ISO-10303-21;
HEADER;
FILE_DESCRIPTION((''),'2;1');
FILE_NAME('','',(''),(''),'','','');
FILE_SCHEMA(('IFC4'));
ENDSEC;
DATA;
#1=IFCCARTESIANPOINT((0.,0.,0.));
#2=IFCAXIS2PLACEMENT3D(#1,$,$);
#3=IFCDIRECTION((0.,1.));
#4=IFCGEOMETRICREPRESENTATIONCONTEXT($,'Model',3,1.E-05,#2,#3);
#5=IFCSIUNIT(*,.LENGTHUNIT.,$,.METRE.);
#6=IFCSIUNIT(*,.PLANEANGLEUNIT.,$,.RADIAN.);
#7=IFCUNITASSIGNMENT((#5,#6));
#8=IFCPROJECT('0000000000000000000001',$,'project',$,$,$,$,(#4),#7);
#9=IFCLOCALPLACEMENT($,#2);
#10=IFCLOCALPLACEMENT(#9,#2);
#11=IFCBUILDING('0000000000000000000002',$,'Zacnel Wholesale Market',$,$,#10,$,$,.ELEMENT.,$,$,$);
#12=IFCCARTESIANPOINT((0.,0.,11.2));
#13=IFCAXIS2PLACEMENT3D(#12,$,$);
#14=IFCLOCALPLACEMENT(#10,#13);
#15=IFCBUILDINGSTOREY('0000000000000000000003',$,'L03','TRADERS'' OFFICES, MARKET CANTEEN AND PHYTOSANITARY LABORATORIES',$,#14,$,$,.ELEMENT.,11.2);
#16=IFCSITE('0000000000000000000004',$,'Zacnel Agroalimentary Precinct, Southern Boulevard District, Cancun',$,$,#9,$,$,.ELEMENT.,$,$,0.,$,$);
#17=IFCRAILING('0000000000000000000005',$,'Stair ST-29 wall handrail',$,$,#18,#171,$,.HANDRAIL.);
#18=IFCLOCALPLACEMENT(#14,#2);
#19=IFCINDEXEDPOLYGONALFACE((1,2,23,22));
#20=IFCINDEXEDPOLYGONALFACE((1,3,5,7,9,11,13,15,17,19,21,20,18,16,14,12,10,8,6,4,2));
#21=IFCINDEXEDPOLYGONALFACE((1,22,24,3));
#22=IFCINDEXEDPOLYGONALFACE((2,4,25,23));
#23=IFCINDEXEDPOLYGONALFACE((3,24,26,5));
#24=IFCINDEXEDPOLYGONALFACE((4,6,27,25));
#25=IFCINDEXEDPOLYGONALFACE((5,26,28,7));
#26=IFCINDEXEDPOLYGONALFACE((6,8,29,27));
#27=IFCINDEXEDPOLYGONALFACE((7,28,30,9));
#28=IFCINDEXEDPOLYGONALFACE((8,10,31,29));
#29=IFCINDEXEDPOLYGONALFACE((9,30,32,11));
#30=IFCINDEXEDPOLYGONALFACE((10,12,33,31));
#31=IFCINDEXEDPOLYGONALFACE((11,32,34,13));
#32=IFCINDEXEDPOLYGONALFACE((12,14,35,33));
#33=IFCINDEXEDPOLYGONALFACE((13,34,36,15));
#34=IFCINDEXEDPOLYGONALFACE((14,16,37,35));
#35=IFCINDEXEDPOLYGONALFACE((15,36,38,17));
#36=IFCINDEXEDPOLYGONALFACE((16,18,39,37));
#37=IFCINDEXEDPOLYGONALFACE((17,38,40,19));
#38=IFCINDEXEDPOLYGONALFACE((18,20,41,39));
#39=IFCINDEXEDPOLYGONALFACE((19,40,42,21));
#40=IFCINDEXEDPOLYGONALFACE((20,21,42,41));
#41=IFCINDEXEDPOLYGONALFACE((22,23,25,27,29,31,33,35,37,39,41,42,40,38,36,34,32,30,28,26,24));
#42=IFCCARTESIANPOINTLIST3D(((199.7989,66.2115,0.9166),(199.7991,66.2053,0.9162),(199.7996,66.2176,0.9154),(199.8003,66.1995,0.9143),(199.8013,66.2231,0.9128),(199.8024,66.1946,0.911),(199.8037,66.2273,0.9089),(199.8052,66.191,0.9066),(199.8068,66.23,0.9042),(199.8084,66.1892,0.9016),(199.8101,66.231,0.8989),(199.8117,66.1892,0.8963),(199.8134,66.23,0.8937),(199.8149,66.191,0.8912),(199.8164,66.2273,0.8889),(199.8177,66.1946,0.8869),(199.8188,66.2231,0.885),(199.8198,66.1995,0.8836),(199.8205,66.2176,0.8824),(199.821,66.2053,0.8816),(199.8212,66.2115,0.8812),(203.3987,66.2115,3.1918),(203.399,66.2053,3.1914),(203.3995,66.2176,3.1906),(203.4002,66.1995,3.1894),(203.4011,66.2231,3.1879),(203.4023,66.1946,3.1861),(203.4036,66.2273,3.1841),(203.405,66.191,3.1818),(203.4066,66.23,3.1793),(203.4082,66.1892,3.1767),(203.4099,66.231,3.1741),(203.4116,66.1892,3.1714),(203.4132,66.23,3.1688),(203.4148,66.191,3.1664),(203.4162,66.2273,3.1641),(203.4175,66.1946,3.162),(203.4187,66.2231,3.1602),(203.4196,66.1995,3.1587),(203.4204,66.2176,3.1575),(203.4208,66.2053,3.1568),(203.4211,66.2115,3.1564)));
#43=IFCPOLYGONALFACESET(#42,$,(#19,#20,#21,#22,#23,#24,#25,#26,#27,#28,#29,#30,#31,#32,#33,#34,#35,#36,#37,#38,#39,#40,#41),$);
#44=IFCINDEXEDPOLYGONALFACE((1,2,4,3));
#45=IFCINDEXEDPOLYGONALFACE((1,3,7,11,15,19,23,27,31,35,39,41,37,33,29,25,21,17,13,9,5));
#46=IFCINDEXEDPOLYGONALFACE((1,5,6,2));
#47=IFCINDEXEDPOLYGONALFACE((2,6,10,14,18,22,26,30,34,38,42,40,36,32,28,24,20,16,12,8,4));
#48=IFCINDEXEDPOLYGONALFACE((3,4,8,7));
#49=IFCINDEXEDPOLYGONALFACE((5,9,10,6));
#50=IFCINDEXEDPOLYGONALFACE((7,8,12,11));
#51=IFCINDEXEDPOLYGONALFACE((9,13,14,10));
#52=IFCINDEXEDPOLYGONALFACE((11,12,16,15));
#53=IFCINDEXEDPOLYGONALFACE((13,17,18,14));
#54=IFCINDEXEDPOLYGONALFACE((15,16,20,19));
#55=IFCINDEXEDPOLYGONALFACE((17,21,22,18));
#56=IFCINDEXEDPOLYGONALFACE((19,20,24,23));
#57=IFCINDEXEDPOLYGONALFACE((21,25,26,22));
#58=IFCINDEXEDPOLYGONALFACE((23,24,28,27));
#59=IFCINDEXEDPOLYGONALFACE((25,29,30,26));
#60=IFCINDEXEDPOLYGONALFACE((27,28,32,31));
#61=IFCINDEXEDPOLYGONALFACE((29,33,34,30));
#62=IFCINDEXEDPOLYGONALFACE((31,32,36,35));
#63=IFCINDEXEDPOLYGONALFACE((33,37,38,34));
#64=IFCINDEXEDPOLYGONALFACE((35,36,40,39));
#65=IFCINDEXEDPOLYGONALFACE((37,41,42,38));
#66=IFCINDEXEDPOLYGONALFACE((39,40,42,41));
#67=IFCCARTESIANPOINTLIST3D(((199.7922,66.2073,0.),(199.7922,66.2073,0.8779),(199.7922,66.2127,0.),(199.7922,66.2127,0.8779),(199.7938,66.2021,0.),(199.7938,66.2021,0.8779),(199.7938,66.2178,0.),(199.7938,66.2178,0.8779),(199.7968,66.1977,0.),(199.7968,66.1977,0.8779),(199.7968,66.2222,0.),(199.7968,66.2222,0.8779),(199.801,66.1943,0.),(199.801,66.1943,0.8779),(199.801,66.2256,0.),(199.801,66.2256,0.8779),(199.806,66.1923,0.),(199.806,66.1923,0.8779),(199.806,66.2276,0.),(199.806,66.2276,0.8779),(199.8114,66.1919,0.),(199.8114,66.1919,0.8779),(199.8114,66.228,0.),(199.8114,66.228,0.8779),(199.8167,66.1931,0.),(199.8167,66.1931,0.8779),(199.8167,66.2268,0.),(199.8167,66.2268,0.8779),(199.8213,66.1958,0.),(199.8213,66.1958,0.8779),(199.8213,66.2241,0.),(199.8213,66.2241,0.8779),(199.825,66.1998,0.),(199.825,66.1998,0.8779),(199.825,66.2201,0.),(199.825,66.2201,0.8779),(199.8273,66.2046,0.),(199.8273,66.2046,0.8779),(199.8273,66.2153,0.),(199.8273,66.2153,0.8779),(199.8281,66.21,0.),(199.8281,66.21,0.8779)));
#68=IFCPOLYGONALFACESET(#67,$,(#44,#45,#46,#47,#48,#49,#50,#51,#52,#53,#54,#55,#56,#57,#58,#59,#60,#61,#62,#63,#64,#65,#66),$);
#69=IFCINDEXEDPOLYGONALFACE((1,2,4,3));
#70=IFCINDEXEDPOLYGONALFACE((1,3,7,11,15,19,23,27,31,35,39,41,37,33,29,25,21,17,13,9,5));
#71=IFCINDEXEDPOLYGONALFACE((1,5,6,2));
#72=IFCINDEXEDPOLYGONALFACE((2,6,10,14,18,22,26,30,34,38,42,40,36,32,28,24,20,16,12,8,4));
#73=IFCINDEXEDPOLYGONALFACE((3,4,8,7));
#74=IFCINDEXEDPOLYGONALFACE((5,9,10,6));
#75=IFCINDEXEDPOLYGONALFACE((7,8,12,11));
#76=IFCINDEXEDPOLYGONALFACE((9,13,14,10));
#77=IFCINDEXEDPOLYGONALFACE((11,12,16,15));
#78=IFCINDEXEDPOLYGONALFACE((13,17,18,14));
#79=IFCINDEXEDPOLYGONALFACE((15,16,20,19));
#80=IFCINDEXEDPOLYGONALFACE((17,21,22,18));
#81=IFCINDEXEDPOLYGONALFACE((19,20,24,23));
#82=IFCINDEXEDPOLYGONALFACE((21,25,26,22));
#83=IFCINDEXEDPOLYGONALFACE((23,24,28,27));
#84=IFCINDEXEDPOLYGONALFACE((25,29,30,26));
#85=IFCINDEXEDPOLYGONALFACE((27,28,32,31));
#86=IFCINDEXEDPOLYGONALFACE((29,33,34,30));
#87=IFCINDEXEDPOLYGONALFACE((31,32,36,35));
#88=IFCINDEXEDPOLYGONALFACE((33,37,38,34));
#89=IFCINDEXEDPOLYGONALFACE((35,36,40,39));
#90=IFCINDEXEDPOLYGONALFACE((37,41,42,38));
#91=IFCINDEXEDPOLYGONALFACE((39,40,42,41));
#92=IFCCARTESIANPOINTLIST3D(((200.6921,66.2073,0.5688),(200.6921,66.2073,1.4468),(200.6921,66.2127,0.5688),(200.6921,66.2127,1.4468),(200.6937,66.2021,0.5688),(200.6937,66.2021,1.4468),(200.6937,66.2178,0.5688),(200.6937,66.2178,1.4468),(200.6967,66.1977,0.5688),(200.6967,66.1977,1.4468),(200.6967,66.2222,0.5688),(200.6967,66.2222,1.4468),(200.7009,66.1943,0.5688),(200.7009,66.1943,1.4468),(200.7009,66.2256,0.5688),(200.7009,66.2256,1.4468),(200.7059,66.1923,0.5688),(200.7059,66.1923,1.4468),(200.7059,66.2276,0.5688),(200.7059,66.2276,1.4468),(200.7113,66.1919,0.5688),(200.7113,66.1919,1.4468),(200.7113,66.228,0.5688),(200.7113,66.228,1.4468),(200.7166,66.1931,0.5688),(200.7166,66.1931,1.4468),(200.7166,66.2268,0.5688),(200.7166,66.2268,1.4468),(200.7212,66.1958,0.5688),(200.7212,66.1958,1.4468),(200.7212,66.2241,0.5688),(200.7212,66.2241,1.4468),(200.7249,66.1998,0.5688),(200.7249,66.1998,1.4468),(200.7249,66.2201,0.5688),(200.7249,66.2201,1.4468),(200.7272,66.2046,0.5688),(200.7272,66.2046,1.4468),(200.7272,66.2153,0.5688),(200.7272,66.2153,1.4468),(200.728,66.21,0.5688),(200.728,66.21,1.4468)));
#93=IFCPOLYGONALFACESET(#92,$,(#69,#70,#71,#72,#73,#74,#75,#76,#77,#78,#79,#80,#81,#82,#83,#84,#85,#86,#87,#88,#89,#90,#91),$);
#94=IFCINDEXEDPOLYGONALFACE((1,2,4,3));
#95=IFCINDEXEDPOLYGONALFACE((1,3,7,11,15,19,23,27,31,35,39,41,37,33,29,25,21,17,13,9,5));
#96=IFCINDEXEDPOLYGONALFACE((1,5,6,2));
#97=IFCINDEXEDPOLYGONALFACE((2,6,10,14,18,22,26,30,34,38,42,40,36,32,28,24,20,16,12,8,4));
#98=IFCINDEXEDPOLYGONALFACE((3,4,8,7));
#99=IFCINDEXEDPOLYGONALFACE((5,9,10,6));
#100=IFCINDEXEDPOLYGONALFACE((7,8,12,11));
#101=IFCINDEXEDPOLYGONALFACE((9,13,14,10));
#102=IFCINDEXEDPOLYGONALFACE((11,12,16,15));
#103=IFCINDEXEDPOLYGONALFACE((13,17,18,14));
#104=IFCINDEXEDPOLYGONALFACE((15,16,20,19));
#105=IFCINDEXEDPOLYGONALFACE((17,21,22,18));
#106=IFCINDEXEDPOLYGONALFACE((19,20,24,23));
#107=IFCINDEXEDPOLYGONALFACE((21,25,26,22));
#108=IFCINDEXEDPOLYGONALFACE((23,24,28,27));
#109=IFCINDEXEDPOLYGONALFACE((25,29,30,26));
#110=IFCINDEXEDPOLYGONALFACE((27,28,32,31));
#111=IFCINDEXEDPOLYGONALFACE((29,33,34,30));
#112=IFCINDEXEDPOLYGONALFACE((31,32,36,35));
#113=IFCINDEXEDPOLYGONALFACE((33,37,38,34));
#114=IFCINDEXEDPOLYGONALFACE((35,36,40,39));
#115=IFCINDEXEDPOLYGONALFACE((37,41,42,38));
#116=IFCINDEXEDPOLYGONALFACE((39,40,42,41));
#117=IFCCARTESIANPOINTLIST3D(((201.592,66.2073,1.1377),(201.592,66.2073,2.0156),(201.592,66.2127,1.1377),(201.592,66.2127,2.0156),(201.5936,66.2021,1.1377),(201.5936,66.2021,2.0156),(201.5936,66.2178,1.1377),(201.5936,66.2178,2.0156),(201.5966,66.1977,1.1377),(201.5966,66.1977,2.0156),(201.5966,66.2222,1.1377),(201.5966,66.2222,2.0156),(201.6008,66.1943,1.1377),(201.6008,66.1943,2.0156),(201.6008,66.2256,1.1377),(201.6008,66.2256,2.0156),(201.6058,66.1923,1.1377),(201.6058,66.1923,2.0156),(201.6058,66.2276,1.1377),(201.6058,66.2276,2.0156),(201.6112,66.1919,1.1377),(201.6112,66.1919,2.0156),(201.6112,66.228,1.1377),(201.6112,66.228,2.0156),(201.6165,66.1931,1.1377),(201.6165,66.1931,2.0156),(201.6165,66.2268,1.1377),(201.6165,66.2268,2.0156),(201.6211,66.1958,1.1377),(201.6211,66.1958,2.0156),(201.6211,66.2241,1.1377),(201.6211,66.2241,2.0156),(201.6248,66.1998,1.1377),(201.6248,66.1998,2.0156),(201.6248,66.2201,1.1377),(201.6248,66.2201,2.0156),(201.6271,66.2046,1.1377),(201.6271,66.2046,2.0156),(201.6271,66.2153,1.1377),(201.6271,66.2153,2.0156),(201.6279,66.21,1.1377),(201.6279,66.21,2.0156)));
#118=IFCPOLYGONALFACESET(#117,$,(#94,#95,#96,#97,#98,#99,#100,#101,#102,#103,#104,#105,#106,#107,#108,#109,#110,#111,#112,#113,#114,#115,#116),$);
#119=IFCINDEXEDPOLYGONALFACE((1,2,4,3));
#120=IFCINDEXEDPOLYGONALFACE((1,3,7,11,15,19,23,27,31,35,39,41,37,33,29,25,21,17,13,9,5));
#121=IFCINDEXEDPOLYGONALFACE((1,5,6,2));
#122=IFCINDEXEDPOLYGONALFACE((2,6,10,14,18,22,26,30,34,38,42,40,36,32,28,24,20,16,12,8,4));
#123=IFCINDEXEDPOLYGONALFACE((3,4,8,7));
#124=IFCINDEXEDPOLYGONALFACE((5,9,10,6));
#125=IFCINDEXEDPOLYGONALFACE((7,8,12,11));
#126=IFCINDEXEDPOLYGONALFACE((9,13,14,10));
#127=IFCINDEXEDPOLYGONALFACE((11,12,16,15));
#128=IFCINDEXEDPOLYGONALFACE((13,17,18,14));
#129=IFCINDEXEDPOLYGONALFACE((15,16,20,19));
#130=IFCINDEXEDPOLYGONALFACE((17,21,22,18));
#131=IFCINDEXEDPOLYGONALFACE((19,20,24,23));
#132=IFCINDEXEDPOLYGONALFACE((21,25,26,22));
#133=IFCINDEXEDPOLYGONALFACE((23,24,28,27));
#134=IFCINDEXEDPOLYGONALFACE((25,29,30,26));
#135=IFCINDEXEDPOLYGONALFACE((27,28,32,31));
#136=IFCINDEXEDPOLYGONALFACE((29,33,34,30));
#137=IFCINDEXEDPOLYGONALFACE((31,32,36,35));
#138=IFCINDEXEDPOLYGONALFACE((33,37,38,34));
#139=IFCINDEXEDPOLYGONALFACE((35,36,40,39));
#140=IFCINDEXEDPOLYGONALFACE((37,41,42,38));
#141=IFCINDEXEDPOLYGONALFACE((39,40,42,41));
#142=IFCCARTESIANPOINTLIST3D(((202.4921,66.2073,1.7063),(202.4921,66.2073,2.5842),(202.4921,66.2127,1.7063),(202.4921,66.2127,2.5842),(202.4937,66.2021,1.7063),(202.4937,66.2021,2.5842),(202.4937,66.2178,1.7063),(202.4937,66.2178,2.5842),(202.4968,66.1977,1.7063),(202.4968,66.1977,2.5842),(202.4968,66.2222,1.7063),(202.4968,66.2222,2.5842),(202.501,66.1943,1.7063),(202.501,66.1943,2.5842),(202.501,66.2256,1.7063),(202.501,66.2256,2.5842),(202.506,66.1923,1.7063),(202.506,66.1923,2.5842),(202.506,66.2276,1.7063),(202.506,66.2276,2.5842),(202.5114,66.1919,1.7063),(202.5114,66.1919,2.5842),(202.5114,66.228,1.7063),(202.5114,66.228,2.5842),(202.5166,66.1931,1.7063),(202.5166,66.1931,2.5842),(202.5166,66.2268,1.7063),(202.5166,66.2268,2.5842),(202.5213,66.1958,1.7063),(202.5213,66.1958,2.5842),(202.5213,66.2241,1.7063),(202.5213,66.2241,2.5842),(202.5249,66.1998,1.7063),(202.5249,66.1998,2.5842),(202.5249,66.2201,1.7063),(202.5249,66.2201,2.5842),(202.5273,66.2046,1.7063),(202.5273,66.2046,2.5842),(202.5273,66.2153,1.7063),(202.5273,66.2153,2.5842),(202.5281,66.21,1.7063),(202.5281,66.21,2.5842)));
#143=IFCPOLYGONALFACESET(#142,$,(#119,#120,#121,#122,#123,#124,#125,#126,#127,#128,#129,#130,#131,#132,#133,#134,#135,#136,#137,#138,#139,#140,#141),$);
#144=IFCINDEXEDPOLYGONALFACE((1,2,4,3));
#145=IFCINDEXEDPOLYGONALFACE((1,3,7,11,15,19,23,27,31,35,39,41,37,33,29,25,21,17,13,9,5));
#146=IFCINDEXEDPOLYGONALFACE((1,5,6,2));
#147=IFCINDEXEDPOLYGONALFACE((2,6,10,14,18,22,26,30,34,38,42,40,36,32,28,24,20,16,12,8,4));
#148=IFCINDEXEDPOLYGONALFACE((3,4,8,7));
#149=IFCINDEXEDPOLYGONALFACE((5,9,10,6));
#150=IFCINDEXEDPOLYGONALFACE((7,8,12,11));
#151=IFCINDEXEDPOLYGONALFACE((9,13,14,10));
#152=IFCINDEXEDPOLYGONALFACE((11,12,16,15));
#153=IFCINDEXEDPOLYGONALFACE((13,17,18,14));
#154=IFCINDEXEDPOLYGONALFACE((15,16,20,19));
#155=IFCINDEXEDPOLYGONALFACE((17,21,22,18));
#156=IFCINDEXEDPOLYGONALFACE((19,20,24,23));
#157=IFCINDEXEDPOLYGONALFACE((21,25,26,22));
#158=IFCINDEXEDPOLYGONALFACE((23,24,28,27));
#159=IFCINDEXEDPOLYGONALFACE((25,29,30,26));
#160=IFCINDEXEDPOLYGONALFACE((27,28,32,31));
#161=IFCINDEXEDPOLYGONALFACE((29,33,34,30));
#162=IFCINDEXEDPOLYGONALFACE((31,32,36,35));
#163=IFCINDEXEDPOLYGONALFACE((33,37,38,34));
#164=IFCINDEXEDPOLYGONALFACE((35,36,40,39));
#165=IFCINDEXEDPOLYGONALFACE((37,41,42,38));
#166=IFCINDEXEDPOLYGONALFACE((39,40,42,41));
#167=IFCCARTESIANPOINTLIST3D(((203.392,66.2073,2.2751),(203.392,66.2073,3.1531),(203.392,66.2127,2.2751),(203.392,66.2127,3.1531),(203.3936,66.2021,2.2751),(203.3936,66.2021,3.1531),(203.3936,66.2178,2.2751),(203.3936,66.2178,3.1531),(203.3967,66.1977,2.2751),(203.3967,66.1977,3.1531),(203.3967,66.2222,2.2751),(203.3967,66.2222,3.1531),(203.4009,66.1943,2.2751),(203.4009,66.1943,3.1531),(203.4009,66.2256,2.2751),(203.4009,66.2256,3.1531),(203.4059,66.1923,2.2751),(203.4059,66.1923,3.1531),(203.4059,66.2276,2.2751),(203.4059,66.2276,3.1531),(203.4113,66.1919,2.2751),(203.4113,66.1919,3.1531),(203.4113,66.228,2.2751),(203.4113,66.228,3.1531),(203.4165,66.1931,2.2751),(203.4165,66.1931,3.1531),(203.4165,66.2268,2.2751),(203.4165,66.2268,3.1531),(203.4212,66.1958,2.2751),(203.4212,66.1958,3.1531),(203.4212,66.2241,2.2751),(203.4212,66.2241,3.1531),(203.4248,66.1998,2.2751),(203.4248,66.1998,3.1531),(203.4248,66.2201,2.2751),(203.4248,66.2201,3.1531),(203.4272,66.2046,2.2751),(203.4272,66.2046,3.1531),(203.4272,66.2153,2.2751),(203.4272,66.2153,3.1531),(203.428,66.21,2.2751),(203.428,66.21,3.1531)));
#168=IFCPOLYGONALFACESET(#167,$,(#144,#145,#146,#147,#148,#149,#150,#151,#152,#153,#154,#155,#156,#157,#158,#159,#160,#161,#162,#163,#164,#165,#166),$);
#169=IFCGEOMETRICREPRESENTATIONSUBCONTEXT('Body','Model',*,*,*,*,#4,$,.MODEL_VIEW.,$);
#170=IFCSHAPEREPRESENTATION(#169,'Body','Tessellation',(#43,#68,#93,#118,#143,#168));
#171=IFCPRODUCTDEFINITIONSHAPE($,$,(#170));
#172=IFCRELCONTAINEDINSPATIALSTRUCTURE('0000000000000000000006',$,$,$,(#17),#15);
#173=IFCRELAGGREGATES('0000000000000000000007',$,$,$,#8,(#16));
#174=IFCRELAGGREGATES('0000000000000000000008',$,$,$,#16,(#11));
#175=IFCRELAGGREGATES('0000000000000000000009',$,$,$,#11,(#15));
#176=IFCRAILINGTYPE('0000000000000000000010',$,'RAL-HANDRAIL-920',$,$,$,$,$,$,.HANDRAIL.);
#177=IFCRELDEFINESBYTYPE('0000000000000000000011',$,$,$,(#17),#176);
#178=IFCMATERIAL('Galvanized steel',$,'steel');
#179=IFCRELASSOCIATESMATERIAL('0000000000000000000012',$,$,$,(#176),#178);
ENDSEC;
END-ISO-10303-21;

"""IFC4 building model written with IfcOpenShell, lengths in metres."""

from ifc_helpers import new_model, si_unit, direction, frame, origin, origin_2d, place, context, subcontext, project, spatial, circle, extrude, material, type_object, element, save


model = new_model("IFC4")

# Units and contexts
model_context = context("Model", 3, precision=1e-05, world=origin(), true_north=direction((0.0, 1.0)))
body_context = subcontext(model_context, "Body", "Model", "MODEL_VIEW")
ifc_project = project(units=[si_unit("LENGTHUNIT", "METRE"), si_unit("PLANEANGLEUNIT", "RADIAN")], contexts=[model_context])

# Site, building, storey
site_placement = place(None, origin())
site = spatial("IfcSite", under=ifc_project, at=site_placement, Name="Zacnel Agroalimentary Precinct, Southern Boulevard District, Cancun", CompositionType="ELEMENT", RefElevation=0.0)
building_placement = place(site_placement, origin())
building = spatial("IfcBuilding", under=site, at=building_placement, Name="Zacnel Wholesale Market", CompositionType="ELEMENT")
storey_placement = place(building_placement, frame((0.0, 0.0, 11.2)))
storey = spatial("IfcBuildingStorey", under=building, at=storey_placement, Name="L03", Description="TRADERS' OFFICES, MARKET CANTEEN AND PHYTOSANITARY LABORATORIES", CompositionType="ELEMENT", Elevation=11.2)

# Railing
ifc_material_1 = material(Name="Galvanized steel", Category="steel")
railing_type_1 = type_object("IfcRailingType", Name="RAL-HANDRAIL-920", PredefinedType="HANDRAIL", material=ifc_material_1)
railing_1_placement = place(storey_placement, frame((199.8101, 66.21, 0.0)))
element("IfcRailing", 1, at=railing_1_placement, inside=storey, type_object=railing_type_1, Name="Stair ST-29 wall handrail", PredefinedType="HANDRAIL", context=body_context, shape_type="SweptSolid", body=[
    extrude(circle(Radius=0.021, at=origin_2d()), frame((0.0, 0.0, 0.8989), z_axis=(0.845324, 0.0, 0.534254), x_axis=(0.0, 1.0, 0.0)), (0.0, 0.0, 1.0), 4.2585),
    extrude(circle(Radius=0.0181, at=origin_2d()), origin(), (0.0, 0.0, 1.0), 0.8779),
    extrude(circle(Radius=0.0181, at=origin_2d()), frame((0.8999, 0.0, 0.5688)), (0.0, 0.0, 1.0), 0.8779),
    extrude(circle(Radius=0.0181, at=origin_2d()), frame((1.7998, 0.0, 1.1377)), (0.0, 0.0, 1.0), 0.8779),
    extrude(circle(Radius=0.0181, at=origin_2d()), frame((2.7, 0.0, 1.7063)), (0.0, 0.0, 1.0), 0.8779),
    extrude(circle(Radius=0.0181, at=origin_2d()), frame((3.5999, 0.0, 2.2751)), (0.0, 0.0, 1.0), 0.8779),
])

save(model, "model.ifc")
